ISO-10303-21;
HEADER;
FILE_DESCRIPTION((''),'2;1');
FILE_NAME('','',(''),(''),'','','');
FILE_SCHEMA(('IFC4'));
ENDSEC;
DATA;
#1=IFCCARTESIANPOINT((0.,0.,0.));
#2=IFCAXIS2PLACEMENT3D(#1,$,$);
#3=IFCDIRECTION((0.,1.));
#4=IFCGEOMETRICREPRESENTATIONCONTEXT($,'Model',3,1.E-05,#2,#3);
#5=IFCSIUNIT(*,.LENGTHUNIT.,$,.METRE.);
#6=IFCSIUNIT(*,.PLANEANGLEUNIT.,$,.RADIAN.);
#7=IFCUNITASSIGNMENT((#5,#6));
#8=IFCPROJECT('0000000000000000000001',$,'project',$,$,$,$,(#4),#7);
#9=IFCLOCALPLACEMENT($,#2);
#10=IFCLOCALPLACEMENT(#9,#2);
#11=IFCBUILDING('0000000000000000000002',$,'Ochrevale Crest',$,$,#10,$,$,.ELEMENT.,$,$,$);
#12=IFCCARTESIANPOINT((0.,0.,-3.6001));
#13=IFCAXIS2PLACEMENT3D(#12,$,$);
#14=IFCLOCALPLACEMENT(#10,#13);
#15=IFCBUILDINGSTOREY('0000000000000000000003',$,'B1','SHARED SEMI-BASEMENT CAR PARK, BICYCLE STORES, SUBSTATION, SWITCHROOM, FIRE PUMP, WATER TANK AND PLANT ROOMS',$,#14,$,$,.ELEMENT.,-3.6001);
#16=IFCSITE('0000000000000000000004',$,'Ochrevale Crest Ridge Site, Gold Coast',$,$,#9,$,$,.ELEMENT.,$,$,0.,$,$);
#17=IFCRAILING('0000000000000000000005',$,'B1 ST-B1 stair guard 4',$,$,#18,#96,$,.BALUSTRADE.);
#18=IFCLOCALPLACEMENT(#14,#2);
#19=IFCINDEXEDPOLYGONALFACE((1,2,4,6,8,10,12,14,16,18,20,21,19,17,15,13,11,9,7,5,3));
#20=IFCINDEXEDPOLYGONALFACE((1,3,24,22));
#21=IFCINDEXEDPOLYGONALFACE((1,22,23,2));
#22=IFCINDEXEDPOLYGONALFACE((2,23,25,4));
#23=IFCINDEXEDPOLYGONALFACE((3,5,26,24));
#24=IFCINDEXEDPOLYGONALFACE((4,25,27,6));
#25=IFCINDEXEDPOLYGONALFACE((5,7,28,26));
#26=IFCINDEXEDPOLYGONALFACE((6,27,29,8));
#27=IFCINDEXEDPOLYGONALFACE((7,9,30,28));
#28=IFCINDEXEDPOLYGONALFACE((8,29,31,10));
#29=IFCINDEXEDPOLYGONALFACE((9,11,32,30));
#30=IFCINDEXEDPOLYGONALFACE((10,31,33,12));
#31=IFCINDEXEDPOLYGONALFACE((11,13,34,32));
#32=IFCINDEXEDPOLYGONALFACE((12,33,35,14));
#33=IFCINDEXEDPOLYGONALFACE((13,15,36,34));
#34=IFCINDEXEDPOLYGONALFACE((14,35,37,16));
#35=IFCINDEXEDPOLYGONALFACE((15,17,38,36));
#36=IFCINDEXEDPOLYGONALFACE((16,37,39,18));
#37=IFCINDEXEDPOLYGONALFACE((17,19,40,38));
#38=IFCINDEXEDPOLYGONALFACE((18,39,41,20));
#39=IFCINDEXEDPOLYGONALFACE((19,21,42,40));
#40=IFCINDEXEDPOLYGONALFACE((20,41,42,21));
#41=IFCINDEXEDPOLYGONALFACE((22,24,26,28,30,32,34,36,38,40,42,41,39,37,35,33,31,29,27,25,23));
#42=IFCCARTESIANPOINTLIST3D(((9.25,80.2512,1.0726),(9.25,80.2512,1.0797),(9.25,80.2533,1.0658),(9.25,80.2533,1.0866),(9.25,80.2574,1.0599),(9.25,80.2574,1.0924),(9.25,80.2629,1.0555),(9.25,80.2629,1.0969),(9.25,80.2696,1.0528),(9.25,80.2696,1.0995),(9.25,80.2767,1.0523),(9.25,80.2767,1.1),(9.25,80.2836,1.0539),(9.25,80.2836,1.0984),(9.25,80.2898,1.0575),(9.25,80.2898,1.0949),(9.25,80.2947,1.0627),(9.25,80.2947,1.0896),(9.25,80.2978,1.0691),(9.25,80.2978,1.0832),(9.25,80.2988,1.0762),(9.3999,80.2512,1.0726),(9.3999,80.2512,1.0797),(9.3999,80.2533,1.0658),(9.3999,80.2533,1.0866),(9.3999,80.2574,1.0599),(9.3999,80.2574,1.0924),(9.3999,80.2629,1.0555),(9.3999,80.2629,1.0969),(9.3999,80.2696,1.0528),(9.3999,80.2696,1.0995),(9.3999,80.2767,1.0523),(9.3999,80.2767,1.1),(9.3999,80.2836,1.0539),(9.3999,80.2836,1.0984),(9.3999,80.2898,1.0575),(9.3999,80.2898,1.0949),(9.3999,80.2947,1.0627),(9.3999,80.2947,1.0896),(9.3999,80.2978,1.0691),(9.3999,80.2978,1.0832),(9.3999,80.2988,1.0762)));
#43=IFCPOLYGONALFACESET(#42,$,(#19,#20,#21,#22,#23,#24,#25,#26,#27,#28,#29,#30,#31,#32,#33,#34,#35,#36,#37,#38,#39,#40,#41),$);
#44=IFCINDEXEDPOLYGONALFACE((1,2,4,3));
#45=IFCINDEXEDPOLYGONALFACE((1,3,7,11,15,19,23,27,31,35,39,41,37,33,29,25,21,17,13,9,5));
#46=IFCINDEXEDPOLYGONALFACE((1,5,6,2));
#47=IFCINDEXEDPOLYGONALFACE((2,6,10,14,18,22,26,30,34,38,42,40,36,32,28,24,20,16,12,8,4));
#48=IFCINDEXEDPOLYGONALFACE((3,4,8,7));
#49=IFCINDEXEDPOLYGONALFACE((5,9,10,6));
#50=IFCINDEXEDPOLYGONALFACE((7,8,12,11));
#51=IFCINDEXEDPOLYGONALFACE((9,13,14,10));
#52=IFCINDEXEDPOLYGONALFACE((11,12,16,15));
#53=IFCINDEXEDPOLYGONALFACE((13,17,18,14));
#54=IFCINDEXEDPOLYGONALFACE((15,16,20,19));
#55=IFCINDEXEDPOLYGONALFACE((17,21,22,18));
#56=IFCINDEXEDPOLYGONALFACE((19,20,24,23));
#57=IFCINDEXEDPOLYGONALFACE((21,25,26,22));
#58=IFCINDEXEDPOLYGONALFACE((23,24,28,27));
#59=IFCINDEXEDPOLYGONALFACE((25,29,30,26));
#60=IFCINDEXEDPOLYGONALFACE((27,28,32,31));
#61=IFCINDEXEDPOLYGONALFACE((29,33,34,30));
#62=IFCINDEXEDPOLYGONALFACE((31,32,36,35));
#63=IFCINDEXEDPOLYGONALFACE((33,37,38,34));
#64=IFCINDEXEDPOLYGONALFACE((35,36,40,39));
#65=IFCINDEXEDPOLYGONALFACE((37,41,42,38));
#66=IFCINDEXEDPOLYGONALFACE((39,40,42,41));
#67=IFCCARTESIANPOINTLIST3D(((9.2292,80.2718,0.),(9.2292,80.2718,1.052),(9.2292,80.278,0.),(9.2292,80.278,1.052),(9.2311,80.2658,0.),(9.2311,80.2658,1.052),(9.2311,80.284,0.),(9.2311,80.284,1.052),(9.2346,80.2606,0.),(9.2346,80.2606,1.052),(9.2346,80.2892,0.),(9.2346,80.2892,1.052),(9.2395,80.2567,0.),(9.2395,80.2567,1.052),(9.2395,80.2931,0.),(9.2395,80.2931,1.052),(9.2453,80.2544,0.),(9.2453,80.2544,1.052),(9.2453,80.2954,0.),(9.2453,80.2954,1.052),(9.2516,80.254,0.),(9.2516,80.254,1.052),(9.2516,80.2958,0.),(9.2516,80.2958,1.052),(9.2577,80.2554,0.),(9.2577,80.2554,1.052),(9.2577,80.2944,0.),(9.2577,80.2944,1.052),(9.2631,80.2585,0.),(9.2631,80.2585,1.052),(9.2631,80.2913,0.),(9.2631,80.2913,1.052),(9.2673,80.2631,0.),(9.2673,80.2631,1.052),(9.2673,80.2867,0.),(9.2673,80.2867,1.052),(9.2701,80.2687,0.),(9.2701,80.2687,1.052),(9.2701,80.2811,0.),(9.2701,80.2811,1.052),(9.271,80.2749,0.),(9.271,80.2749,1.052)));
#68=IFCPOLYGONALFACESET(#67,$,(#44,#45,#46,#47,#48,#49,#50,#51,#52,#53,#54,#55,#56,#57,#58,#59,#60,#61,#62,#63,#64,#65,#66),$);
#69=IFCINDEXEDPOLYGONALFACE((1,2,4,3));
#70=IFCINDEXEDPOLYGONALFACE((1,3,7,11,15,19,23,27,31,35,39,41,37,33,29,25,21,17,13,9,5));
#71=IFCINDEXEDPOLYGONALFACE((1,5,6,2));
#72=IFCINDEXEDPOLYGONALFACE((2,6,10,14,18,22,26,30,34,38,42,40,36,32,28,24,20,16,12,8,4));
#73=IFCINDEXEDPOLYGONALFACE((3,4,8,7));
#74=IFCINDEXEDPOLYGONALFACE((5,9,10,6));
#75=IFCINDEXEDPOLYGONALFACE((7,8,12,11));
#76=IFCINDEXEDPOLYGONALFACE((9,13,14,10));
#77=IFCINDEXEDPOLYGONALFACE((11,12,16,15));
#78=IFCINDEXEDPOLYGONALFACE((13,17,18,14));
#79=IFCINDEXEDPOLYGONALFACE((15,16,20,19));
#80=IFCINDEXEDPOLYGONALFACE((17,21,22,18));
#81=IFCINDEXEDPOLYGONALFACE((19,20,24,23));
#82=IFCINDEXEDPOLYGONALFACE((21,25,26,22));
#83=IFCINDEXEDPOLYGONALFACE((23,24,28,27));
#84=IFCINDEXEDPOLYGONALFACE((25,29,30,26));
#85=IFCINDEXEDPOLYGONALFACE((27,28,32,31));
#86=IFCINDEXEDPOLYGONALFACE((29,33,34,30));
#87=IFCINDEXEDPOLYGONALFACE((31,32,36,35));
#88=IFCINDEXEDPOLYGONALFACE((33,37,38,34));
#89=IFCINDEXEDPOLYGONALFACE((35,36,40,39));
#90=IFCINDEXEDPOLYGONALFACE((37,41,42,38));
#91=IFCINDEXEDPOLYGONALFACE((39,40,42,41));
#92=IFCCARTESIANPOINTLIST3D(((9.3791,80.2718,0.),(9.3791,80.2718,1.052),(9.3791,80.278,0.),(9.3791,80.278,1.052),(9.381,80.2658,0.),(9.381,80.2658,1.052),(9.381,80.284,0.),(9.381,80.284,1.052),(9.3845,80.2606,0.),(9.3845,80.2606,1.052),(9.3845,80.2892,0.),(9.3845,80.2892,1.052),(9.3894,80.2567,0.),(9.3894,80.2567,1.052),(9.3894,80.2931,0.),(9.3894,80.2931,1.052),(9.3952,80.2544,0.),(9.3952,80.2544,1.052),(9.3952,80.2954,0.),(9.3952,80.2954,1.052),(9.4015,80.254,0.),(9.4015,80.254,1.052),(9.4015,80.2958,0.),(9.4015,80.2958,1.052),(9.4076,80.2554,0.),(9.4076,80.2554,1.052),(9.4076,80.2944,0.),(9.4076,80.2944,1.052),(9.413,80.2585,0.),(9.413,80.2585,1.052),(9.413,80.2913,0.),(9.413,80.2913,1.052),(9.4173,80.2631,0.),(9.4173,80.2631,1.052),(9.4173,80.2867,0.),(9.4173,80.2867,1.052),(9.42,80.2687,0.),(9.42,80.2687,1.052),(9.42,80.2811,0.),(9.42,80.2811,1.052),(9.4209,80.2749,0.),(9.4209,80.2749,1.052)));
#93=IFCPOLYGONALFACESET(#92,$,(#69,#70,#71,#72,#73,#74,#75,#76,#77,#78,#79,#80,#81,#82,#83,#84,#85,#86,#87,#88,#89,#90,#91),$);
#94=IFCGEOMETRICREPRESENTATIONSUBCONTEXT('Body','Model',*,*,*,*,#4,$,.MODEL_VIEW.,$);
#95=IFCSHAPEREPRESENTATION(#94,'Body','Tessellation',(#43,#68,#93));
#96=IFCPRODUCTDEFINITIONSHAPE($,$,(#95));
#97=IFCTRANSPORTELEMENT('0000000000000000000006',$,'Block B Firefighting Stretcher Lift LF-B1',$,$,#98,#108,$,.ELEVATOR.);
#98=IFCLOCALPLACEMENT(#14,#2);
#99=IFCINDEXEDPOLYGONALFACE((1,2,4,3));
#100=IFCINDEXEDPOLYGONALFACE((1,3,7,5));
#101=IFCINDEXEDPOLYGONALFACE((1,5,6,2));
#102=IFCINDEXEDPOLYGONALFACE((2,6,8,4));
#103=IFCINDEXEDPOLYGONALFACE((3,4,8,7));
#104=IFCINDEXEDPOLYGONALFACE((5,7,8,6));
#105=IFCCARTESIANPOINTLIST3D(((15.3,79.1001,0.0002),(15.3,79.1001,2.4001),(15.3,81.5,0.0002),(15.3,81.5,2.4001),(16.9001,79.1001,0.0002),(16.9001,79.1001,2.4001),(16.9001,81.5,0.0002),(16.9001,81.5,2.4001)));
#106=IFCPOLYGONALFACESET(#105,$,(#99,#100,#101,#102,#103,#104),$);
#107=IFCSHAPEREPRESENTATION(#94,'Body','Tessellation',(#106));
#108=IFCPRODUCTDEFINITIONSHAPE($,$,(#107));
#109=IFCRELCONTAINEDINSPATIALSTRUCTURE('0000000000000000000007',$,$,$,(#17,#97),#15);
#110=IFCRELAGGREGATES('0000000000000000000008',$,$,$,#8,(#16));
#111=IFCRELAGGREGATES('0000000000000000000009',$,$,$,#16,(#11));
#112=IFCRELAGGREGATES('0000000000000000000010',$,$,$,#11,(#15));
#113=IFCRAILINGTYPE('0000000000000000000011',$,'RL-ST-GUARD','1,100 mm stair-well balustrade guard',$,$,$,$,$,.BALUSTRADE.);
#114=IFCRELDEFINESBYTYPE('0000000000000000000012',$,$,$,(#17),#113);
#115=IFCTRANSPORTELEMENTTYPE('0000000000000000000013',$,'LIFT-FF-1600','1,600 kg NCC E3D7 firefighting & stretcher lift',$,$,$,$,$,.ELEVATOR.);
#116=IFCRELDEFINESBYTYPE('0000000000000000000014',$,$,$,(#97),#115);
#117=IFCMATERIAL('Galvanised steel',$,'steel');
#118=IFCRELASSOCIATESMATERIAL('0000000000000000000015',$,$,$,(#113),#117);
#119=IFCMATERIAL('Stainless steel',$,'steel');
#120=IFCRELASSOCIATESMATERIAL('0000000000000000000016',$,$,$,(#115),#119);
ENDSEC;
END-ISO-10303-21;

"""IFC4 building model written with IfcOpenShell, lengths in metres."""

from ifc_helpers import new_model, si_unit, direction, frame, origin, origin_2d, place, context, subcontext, project, spatial, rectangle, circle, extrude, material, type_object, element, save


model = new_model("IFC4")

# Units and contexts
model_context = context("Model", 3, precision=1e-05, world=origin(), true_north=direction((0.0, 1.0)))
body_context = subcontext(model_context, "Body", "Model", "MODEL_VIEW")
ifc_project = project(units=[si_unit("LENGTHUNIT", "METRE"), si_unit("PLANEANGLEUNIT", "RADIAN")], contexts=[model_context])

# Site, building, storey
site_placement = place(None, origin())
site = spatial("IfcSite", under=ifc_project, at=site_placement, Name="Ochrevale Crest Ridge Site, Gold Coast", CompositionType="ELEMENT", RefElevation=0.0)
building_placement = place(site_placement, origin())
building = spatial("IfcBuilding", under=site, at=building_placement, Name="Ochrevale Crest", CompositionType="ELEMENT")
storey_placement = place(building_placement, frame((0.0, 0.0, -3.6001)))
storey = spatial("IfcBuildingStorey", under=building, at=storey_placement, Name="B1", Description="SHARED SEMI-BASEMENT CAR PARK, BICYCLE STORES, SUBSTATION, SWITCHROOM, FIRE PUMP, WATER TANK AND PLANT ROOMS", CompositionType="ELEMENT", Elevation=-3.6001)

# Railing
ifc_material_1 = material(Name="Galvanised steel", Category="steel")
railing_type = type_object("IfcRailingType", Name="RL-ST-GUARD", Description="1,100 mm stair-well balustrade guard", PredefinedType="BALUSTRADE", material=ifc_material_1)
railing_1_placement = place(storey_placement, frame((9.25, 80.2749, 0.0)))
element("IfcRailing", 1, at=railing_1_placement, inside=storey, type_object=railing_type, Name="B1 ST-B1 stair guard 4", PredefinedType="BALUSTRADE", context=body_context, shape_type="SweptSolid", body=[
    extrude(circle(Radius=0.0239, at=origin_2d()), frame((0.0, 0.0, 1.0762), z_axis=(1.0, 0.0, 0.0), x_axis=(0.0, 1.0, 0.0)), (0.0, 0.0, 1.0), 0.1499),
    extrude(circle(Radius=0.021, at=origin_2d()), origin(), (0.0, 0.0, 1.0), 1.052),
    extrude(circle(Radius=0.021, at=origin_2d()), frame((0.1499, 0.0, 0.0)), (0.0, 0.0, 1.0), 1.052),
])

# Transport element
ifc_material_2 = material(Name="Stainless steel", Category="steel")
transport_element_type = type_object("IfcTransportElementType", Name="LIFT-FF-1600", Description="1,600 kg NCC E3D7 firefighting & stretcher lift", PredefinedType="ELEVATOR", material=ifc_material_2)
transport_element_placement = place(storey_placement, frame((16.1001, 80.3, 0.0002), z_axis=(0.0, 0.0, 1.0), x_axis=(1.0, 0.0, 0.0)))
element("IfcTransportElement", 2, at=transport_element_placement, inside=storey, type_object=transport_element_type, Name="Block B Firefighting Stretcher Lift LF-B1", PredefinedType="ELEVATOR", context=body_context, shape_type="SweptSolid", body=[
    extrude(rectangle(XDim=1.6001, YDim=2.3999, at=origin_2d()), origin(), (0.0, 0.0, 1.0), 2.3999),
])

save(model, "model.ifc")
